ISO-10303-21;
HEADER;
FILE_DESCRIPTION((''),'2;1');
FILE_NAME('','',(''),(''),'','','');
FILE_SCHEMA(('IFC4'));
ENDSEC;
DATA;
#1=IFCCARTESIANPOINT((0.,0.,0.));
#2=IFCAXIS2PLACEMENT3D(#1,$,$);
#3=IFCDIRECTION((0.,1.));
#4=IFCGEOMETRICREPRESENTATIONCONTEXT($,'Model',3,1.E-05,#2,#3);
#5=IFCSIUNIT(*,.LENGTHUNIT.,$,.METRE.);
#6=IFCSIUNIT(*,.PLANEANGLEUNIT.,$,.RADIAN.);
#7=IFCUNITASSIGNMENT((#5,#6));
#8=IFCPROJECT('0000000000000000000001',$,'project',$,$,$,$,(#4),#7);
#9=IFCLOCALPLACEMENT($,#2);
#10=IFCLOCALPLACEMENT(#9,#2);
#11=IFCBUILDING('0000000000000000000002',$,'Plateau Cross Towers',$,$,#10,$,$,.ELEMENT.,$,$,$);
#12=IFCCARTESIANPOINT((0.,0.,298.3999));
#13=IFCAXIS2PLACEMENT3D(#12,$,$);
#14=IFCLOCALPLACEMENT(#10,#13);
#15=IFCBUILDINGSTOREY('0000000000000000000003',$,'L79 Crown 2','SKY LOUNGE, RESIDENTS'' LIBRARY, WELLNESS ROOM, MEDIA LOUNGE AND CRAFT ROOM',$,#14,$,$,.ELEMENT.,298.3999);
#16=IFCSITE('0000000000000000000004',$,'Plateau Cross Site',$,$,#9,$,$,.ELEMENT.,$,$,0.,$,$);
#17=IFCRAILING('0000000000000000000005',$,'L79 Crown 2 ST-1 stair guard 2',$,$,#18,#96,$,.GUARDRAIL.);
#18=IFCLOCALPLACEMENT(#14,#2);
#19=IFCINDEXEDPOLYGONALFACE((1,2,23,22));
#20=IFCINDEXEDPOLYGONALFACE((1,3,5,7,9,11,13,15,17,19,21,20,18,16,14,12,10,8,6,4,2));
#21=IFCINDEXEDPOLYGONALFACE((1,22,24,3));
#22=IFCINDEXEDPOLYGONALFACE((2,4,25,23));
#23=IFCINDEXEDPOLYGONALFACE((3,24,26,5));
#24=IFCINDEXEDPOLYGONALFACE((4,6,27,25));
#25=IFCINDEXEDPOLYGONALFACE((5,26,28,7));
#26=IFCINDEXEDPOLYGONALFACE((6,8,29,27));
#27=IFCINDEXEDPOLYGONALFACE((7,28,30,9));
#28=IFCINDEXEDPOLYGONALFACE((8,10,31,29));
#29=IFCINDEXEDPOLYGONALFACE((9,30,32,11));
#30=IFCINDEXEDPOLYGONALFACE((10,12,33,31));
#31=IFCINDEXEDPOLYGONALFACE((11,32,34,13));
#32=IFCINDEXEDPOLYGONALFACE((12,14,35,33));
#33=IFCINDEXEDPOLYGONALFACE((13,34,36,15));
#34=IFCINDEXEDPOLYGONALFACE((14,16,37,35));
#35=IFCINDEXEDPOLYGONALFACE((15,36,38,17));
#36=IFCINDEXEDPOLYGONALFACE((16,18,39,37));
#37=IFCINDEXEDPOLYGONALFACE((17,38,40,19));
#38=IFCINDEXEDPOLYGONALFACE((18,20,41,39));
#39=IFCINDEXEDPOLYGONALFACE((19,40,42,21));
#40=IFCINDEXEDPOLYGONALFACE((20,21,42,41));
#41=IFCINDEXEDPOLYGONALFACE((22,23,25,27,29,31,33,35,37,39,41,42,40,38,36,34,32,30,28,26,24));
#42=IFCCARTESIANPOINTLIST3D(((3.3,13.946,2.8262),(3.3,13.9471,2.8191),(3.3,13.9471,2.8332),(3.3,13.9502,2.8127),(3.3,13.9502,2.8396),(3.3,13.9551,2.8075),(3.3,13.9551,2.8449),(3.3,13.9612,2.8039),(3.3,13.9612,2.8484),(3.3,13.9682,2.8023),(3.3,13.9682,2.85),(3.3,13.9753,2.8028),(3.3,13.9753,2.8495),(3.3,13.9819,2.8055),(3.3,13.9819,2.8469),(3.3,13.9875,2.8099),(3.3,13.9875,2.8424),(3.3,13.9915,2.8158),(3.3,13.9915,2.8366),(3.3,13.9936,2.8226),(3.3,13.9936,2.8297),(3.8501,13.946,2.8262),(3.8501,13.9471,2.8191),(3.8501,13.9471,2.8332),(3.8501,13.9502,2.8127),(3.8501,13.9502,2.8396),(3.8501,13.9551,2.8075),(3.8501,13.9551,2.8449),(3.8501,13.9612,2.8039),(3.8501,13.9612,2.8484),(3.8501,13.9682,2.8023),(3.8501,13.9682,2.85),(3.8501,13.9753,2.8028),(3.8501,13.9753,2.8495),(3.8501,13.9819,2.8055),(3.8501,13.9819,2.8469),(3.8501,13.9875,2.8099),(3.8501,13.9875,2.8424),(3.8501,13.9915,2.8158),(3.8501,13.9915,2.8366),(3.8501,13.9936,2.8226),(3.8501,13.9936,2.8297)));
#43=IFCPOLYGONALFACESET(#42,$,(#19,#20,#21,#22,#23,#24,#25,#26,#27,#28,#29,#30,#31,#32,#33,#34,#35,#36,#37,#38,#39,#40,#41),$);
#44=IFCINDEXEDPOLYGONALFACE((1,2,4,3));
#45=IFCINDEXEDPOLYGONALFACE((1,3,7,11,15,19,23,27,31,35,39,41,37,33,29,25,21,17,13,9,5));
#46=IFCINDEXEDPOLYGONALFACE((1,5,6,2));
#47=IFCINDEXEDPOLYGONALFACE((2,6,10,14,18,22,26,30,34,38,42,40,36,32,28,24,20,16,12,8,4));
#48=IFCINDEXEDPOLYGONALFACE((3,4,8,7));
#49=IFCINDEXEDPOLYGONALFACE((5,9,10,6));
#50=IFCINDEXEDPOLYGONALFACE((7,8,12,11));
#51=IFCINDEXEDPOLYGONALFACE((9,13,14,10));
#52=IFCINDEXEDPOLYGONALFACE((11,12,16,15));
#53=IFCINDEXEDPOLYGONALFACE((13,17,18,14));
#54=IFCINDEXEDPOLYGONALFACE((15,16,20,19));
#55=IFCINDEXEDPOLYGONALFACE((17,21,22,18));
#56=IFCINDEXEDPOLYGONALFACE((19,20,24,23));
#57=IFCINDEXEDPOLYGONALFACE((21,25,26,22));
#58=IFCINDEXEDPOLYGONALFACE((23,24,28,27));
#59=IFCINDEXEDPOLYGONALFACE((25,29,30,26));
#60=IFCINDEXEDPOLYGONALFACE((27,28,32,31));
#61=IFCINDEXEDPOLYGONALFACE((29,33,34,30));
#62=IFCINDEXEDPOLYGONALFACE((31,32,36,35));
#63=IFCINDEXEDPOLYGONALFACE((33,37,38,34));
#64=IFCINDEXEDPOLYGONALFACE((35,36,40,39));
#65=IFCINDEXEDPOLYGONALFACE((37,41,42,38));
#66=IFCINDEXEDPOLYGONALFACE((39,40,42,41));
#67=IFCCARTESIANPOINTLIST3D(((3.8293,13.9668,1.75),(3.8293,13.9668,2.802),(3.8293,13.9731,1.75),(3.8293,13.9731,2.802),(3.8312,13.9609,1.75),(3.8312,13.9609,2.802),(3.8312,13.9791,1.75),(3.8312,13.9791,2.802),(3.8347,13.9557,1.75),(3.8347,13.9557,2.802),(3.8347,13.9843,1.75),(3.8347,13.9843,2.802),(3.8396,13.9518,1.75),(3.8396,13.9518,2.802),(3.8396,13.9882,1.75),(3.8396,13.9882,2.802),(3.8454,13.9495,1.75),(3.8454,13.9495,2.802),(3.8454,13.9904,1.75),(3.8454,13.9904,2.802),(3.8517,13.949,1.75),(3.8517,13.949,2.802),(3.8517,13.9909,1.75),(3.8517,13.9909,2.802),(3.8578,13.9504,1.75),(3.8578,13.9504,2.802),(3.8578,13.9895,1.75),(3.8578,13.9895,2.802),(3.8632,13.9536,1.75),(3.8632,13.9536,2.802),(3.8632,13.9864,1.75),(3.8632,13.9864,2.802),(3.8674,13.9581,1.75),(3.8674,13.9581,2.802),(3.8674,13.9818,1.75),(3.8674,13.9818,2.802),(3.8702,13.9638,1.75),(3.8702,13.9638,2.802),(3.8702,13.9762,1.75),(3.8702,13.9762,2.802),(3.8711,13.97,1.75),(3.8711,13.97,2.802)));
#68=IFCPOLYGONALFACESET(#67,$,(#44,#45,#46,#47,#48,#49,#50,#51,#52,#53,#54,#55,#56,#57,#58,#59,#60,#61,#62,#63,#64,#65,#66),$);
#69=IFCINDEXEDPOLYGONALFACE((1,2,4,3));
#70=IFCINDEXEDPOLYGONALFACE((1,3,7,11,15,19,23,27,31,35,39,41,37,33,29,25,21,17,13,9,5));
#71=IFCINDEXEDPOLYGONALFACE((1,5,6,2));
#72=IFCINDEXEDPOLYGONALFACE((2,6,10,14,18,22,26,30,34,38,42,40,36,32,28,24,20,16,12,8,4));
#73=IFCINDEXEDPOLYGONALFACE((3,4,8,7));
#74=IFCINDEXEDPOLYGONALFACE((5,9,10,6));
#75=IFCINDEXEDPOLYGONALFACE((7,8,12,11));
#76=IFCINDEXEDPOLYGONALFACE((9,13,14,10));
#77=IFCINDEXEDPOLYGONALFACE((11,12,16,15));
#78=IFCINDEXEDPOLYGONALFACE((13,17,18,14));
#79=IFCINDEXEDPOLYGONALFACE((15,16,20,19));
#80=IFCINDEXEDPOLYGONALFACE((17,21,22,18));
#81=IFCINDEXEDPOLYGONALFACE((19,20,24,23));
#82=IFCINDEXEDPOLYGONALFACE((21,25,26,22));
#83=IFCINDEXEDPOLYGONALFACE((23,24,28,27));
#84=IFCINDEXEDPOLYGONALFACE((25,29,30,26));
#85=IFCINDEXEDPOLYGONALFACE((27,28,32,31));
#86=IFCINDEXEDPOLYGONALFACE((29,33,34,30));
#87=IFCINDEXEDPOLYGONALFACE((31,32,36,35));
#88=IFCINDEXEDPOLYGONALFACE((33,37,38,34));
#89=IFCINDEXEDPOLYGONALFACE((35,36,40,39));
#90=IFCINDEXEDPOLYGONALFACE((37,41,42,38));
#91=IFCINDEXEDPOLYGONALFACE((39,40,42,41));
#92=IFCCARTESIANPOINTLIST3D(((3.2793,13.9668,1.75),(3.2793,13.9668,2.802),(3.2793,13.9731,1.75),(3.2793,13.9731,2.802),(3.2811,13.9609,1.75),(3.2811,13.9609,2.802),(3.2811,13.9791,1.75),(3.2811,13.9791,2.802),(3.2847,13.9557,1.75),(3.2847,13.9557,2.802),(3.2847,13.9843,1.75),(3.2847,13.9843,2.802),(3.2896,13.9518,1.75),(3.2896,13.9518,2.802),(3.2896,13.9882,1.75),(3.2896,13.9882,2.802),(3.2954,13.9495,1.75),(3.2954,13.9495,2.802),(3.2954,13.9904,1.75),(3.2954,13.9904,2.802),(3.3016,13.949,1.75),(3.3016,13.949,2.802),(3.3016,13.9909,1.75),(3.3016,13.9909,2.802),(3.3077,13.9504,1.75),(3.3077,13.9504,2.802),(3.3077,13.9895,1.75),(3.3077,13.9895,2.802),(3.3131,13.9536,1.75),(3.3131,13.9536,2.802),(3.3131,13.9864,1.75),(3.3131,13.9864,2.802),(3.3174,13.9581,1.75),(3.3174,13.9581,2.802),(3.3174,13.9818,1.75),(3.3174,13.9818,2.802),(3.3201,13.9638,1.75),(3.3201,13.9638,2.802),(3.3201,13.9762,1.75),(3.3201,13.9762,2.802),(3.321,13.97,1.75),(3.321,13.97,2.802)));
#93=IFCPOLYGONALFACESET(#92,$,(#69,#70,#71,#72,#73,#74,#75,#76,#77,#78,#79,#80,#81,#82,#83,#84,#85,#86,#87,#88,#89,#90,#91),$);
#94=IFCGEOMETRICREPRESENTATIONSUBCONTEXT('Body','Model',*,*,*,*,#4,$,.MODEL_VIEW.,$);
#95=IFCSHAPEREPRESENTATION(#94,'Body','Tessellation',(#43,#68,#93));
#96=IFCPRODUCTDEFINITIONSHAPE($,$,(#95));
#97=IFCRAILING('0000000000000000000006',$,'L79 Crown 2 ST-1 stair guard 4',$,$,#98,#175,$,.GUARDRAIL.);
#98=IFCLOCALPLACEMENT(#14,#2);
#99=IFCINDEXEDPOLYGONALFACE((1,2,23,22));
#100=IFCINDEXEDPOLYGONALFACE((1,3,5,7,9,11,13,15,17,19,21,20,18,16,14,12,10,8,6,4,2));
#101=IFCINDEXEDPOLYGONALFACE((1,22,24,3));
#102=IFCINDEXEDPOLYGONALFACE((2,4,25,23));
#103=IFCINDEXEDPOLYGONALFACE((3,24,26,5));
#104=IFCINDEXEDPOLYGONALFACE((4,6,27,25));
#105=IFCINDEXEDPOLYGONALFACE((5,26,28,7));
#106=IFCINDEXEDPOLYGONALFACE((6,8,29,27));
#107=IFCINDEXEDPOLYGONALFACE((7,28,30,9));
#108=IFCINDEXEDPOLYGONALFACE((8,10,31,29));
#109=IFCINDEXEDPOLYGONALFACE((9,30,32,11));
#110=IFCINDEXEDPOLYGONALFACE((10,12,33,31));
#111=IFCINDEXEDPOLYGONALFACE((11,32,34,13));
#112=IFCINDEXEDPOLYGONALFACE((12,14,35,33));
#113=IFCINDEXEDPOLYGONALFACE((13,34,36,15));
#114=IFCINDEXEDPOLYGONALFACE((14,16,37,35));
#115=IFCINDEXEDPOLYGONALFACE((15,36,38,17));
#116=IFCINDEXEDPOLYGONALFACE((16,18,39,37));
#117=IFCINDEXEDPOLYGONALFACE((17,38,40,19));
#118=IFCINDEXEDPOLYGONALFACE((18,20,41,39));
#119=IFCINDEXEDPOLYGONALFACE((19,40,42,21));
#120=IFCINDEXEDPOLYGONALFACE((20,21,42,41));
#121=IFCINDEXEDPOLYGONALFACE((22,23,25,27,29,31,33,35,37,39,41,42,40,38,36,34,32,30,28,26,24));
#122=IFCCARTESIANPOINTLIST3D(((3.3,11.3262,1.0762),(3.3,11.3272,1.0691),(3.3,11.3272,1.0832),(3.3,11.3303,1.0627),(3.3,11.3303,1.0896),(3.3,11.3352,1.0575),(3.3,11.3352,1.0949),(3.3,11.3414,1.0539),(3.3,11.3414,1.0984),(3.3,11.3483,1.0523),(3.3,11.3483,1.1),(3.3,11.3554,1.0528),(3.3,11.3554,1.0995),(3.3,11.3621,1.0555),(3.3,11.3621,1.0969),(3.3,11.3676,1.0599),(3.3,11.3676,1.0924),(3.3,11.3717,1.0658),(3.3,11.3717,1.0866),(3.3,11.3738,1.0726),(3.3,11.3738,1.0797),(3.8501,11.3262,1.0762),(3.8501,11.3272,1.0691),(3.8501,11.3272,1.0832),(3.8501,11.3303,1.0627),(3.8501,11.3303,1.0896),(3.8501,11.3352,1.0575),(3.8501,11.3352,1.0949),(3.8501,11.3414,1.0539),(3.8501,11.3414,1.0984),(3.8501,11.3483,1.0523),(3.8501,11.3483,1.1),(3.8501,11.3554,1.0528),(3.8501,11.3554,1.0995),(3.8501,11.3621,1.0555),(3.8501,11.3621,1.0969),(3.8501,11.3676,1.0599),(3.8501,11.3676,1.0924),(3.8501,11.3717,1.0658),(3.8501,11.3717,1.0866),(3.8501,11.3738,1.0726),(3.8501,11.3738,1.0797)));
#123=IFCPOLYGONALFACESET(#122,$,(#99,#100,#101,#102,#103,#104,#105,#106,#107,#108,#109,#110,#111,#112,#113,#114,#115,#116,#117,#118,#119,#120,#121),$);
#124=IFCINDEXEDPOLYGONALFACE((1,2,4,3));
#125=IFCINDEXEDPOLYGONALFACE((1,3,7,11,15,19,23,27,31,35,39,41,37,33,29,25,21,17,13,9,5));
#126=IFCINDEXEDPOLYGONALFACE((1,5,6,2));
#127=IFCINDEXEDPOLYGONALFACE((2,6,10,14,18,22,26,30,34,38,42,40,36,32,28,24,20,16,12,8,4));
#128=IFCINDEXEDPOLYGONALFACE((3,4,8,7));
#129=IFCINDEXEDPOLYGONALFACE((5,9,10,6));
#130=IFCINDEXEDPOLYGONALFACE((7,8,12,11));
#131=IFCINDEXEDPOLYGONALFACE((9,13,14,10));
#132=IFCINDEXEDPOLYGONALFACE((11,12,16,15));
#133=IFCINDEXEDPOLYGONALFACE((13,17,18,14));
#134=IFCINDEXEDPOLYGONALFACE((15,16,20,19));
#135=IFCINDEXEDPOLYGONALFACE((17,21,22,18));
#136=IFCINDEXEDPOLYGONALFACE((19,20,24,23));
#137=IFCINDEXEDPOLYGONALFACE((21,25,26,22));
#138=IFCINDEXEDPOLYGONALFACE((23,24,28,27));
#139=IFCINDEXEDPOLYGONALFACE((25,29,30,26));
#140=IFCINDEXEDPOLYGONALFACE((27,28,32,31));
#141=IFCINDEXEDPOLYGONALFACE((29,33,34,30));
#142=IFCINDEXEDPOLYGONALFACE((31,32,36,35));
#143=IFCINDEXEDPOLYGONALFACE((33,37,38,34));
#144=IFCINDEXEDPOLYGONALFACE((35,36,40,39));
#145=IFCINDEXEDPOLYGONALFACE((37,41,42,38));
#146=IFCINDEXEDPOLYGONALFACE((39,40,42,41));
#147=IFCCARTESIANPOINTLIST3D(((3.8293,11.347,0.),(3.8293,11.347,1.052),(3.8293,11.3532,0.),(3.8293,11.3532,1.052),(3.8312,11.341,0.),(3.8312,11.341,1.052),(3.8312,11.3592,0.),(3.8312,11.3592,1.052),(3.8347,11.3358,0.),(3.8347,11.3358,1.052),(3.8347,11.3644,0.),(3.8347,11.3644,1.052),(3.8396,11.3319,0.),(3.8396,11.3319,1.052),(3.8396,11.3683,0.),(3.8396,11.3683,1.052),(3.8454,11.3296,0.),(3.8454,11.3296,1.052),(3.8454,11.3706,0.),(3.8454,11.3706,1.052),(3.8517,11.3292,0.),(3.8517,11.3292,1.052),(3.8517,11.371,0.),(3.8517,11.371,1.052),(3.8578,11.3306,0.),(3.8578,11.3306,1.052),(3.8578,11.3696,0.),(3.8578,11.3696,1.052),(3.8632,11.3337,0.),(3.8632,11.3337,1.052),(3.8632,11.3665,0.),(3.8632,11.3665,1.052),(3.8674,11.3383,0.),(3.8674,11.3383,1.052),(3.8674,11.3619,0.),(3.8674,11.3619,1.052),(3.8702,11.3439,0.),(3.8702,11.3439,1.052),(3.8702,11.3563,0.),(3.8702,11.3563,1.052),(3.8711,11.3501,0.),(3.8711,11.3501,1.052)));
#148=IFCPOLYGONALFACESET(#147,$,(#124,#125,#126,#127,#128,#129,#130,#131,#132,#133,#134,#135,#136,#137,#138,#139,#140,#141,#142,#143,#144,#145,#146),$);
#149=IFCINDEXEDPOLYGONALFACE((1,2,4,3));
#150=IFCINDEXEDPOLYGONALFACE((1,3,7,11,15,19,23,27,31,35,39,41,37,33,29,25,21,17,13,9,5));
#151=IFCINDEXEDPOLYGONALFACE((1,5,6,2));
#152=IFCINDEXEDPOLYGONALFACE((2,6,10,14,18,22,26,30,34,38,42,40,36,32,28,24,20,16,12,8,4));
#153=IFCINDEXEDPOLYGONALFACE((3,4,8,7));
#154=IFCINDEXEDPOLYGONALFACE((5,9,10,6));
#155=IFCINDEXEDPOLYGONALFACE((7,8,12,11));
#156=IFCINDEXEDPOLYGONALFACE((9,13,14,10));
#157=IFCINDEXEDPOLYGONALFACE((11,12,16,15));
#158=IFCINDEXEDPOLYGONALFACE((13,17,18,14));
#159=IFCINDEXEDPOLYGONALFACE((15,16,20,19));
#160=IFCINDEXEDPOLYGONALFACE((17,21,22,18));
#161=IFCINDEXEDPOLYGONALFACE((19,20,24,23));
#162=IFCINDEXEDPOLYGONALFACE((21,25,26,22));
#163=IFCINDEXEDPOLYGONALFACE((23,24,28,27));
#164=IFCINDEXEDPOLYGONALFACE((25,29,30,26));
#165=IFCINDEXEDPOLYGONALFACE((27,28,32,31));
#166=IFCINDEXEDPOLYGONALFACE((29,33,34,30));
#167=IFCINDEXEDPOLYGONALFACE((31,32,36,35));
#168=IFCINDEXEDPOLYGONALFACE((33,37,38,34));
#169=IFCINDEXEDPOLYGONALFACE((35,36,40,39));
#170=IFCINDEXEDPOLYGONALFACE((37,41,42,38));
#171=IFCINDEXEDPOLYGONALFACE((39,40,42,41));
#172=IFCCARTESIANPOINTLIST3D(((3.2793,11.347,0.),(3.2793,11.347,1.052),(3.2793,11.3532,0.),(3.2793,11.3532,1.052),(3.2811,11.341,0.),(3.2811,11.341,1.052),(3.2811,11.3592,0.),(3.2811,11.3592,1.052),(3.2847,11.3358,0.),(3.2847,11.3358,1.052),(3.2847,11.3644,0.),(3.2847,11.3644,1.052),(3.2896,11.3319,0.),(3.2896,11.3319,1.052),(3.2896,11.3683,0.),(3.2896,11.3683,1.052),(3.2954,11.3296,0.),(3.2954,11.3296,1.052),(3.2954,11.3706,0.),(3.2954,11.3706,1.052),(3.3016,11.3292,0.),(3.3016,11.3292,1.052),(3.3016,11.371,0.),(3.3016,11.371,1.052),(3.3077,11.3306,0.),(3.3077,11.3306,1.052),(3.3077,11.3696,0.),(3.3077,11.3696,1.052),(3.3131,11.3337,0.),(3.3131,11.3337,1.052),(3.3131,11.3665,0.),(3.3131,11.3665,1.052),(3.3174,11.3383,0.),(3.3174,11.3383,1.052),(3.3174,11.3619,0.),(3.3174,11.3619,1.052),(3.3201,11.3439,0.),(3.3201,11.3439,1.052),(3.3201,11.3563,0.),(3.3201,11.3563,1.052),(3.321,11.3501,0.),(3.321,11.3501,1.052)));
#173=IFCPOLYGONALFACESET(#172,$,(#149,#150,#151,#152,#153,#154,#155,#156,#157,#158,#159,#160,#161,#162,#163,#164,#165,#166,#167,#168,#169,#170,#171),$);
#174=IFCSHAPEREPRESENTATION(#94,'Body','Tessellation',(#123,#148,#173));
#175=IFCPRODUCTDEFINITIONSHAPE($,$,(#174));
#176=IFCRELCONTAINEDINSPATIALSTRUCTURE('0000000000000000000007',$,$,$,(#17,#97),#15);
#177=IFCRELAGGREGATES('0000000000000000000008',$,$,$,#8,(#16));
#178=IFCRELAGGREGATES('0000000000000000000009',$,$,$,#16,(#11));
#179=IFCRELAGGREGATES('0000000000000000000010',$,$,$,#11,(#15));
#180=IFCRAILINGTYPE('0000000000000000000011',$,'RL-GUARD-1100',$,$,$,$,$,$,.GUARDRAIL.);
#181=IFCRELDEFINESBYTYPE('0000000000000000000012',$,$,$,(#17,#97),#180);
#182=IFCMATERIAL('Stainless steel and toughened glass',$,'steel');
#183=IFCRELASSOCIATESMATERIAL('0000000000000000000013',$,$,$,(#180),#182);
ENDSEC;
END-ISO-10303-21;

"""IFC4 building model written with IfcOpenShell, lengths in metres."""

from ifc_helpers import new_model, si_unit, direction, frame, origin, origin_2d, place, context, subcontext, project, spatial, circle, extrude, material, type_object, element, save


model = new_model("IFC4")

# Units and contexts
model_context = context("Model", 3, precision=1e-05, world=origin(), true_north=direction((0.0, 1.0)))
body_context = subcontext(model_context, "Body", "Model", "MODEL_VIEW")
ifc_project = project(units=[si_unit("LENGTHUNIT", "METRE"), si_unit("PLANEANGLEUNIT", "RADIAN")], contexts=[model_context])

# Site, building, storey
site_placement = place(None, origin())
site = spatial("IfcSite", under=ifc_project, at=site_placement, Name="Plateau Cross Site", CompositionType="ELEMENT", RefElevation=0.0)
building_placement = place(site_placement, origin())
building = spatial("IfcBuilding", under=site, at=building_placement, Name="Plateau Cross Towers", CompositionType="ELEMENT")
storey_placement = place(building_placement, frame((0.0, 0.0, 298.3999)))
storey = spatial("IfcBuildingStorey", under=building, at=storey_placement, Name="L79 Crown 2", Description="SKY LOUNGE, RESIDENTS' LIBRARY, WELLNESS ROOM, MEDIA LOUNGE AND CRAFT ROOM", CompositionType="ELEMENT", Elevation=298.3999)

# Railings
ifc_material_1 = material(Name="Stainless steel and toughened glass", Category="steel")
railing_type_1 = type_object("IfcRailingType", Name="RL-GUARD-1100", PredefinedType="GUARDRAIL", material=ifc_material_1)
for number, where, name in (
    (1, (3.8501, 13.97, 1.75), "L79 Crown 2 ST-1 stair guard 2"),
    (2, (3.8501, 11.3501, 0.0), "L79 Crown 2 ST-1 stair guard 4"),
):
    element("IfcRailing", number, at=place(storey_placement, frame(where)), inside=storey, type_object=railing_type_1, Name=name, PredefinedType="GUARDRAIL", context=body_context, shape_type="SweptSolid", body=[
        extrude(circle(Radius=0.0239, at=origin_2d()), frame((0.0, 0.0, 1.0762), z_axis=(-1.0, 0.0, 0.0), x_axis=(0.0, -1.0, 0.0)), (0.0, 0.0, 1.0), 0.55),
        extrude(circle(Radius=0.021, at=origin_2d()), origin(), (0.0, 0.0, 1.0), 1.052),
        extrude(circle(Radius=0.021, at=origin_2d()), frame((-0.55, 0.0, 0.0)), (0.0, 0.0, 1.0), 1.052),
    ])

save(model, "model.ifc")
